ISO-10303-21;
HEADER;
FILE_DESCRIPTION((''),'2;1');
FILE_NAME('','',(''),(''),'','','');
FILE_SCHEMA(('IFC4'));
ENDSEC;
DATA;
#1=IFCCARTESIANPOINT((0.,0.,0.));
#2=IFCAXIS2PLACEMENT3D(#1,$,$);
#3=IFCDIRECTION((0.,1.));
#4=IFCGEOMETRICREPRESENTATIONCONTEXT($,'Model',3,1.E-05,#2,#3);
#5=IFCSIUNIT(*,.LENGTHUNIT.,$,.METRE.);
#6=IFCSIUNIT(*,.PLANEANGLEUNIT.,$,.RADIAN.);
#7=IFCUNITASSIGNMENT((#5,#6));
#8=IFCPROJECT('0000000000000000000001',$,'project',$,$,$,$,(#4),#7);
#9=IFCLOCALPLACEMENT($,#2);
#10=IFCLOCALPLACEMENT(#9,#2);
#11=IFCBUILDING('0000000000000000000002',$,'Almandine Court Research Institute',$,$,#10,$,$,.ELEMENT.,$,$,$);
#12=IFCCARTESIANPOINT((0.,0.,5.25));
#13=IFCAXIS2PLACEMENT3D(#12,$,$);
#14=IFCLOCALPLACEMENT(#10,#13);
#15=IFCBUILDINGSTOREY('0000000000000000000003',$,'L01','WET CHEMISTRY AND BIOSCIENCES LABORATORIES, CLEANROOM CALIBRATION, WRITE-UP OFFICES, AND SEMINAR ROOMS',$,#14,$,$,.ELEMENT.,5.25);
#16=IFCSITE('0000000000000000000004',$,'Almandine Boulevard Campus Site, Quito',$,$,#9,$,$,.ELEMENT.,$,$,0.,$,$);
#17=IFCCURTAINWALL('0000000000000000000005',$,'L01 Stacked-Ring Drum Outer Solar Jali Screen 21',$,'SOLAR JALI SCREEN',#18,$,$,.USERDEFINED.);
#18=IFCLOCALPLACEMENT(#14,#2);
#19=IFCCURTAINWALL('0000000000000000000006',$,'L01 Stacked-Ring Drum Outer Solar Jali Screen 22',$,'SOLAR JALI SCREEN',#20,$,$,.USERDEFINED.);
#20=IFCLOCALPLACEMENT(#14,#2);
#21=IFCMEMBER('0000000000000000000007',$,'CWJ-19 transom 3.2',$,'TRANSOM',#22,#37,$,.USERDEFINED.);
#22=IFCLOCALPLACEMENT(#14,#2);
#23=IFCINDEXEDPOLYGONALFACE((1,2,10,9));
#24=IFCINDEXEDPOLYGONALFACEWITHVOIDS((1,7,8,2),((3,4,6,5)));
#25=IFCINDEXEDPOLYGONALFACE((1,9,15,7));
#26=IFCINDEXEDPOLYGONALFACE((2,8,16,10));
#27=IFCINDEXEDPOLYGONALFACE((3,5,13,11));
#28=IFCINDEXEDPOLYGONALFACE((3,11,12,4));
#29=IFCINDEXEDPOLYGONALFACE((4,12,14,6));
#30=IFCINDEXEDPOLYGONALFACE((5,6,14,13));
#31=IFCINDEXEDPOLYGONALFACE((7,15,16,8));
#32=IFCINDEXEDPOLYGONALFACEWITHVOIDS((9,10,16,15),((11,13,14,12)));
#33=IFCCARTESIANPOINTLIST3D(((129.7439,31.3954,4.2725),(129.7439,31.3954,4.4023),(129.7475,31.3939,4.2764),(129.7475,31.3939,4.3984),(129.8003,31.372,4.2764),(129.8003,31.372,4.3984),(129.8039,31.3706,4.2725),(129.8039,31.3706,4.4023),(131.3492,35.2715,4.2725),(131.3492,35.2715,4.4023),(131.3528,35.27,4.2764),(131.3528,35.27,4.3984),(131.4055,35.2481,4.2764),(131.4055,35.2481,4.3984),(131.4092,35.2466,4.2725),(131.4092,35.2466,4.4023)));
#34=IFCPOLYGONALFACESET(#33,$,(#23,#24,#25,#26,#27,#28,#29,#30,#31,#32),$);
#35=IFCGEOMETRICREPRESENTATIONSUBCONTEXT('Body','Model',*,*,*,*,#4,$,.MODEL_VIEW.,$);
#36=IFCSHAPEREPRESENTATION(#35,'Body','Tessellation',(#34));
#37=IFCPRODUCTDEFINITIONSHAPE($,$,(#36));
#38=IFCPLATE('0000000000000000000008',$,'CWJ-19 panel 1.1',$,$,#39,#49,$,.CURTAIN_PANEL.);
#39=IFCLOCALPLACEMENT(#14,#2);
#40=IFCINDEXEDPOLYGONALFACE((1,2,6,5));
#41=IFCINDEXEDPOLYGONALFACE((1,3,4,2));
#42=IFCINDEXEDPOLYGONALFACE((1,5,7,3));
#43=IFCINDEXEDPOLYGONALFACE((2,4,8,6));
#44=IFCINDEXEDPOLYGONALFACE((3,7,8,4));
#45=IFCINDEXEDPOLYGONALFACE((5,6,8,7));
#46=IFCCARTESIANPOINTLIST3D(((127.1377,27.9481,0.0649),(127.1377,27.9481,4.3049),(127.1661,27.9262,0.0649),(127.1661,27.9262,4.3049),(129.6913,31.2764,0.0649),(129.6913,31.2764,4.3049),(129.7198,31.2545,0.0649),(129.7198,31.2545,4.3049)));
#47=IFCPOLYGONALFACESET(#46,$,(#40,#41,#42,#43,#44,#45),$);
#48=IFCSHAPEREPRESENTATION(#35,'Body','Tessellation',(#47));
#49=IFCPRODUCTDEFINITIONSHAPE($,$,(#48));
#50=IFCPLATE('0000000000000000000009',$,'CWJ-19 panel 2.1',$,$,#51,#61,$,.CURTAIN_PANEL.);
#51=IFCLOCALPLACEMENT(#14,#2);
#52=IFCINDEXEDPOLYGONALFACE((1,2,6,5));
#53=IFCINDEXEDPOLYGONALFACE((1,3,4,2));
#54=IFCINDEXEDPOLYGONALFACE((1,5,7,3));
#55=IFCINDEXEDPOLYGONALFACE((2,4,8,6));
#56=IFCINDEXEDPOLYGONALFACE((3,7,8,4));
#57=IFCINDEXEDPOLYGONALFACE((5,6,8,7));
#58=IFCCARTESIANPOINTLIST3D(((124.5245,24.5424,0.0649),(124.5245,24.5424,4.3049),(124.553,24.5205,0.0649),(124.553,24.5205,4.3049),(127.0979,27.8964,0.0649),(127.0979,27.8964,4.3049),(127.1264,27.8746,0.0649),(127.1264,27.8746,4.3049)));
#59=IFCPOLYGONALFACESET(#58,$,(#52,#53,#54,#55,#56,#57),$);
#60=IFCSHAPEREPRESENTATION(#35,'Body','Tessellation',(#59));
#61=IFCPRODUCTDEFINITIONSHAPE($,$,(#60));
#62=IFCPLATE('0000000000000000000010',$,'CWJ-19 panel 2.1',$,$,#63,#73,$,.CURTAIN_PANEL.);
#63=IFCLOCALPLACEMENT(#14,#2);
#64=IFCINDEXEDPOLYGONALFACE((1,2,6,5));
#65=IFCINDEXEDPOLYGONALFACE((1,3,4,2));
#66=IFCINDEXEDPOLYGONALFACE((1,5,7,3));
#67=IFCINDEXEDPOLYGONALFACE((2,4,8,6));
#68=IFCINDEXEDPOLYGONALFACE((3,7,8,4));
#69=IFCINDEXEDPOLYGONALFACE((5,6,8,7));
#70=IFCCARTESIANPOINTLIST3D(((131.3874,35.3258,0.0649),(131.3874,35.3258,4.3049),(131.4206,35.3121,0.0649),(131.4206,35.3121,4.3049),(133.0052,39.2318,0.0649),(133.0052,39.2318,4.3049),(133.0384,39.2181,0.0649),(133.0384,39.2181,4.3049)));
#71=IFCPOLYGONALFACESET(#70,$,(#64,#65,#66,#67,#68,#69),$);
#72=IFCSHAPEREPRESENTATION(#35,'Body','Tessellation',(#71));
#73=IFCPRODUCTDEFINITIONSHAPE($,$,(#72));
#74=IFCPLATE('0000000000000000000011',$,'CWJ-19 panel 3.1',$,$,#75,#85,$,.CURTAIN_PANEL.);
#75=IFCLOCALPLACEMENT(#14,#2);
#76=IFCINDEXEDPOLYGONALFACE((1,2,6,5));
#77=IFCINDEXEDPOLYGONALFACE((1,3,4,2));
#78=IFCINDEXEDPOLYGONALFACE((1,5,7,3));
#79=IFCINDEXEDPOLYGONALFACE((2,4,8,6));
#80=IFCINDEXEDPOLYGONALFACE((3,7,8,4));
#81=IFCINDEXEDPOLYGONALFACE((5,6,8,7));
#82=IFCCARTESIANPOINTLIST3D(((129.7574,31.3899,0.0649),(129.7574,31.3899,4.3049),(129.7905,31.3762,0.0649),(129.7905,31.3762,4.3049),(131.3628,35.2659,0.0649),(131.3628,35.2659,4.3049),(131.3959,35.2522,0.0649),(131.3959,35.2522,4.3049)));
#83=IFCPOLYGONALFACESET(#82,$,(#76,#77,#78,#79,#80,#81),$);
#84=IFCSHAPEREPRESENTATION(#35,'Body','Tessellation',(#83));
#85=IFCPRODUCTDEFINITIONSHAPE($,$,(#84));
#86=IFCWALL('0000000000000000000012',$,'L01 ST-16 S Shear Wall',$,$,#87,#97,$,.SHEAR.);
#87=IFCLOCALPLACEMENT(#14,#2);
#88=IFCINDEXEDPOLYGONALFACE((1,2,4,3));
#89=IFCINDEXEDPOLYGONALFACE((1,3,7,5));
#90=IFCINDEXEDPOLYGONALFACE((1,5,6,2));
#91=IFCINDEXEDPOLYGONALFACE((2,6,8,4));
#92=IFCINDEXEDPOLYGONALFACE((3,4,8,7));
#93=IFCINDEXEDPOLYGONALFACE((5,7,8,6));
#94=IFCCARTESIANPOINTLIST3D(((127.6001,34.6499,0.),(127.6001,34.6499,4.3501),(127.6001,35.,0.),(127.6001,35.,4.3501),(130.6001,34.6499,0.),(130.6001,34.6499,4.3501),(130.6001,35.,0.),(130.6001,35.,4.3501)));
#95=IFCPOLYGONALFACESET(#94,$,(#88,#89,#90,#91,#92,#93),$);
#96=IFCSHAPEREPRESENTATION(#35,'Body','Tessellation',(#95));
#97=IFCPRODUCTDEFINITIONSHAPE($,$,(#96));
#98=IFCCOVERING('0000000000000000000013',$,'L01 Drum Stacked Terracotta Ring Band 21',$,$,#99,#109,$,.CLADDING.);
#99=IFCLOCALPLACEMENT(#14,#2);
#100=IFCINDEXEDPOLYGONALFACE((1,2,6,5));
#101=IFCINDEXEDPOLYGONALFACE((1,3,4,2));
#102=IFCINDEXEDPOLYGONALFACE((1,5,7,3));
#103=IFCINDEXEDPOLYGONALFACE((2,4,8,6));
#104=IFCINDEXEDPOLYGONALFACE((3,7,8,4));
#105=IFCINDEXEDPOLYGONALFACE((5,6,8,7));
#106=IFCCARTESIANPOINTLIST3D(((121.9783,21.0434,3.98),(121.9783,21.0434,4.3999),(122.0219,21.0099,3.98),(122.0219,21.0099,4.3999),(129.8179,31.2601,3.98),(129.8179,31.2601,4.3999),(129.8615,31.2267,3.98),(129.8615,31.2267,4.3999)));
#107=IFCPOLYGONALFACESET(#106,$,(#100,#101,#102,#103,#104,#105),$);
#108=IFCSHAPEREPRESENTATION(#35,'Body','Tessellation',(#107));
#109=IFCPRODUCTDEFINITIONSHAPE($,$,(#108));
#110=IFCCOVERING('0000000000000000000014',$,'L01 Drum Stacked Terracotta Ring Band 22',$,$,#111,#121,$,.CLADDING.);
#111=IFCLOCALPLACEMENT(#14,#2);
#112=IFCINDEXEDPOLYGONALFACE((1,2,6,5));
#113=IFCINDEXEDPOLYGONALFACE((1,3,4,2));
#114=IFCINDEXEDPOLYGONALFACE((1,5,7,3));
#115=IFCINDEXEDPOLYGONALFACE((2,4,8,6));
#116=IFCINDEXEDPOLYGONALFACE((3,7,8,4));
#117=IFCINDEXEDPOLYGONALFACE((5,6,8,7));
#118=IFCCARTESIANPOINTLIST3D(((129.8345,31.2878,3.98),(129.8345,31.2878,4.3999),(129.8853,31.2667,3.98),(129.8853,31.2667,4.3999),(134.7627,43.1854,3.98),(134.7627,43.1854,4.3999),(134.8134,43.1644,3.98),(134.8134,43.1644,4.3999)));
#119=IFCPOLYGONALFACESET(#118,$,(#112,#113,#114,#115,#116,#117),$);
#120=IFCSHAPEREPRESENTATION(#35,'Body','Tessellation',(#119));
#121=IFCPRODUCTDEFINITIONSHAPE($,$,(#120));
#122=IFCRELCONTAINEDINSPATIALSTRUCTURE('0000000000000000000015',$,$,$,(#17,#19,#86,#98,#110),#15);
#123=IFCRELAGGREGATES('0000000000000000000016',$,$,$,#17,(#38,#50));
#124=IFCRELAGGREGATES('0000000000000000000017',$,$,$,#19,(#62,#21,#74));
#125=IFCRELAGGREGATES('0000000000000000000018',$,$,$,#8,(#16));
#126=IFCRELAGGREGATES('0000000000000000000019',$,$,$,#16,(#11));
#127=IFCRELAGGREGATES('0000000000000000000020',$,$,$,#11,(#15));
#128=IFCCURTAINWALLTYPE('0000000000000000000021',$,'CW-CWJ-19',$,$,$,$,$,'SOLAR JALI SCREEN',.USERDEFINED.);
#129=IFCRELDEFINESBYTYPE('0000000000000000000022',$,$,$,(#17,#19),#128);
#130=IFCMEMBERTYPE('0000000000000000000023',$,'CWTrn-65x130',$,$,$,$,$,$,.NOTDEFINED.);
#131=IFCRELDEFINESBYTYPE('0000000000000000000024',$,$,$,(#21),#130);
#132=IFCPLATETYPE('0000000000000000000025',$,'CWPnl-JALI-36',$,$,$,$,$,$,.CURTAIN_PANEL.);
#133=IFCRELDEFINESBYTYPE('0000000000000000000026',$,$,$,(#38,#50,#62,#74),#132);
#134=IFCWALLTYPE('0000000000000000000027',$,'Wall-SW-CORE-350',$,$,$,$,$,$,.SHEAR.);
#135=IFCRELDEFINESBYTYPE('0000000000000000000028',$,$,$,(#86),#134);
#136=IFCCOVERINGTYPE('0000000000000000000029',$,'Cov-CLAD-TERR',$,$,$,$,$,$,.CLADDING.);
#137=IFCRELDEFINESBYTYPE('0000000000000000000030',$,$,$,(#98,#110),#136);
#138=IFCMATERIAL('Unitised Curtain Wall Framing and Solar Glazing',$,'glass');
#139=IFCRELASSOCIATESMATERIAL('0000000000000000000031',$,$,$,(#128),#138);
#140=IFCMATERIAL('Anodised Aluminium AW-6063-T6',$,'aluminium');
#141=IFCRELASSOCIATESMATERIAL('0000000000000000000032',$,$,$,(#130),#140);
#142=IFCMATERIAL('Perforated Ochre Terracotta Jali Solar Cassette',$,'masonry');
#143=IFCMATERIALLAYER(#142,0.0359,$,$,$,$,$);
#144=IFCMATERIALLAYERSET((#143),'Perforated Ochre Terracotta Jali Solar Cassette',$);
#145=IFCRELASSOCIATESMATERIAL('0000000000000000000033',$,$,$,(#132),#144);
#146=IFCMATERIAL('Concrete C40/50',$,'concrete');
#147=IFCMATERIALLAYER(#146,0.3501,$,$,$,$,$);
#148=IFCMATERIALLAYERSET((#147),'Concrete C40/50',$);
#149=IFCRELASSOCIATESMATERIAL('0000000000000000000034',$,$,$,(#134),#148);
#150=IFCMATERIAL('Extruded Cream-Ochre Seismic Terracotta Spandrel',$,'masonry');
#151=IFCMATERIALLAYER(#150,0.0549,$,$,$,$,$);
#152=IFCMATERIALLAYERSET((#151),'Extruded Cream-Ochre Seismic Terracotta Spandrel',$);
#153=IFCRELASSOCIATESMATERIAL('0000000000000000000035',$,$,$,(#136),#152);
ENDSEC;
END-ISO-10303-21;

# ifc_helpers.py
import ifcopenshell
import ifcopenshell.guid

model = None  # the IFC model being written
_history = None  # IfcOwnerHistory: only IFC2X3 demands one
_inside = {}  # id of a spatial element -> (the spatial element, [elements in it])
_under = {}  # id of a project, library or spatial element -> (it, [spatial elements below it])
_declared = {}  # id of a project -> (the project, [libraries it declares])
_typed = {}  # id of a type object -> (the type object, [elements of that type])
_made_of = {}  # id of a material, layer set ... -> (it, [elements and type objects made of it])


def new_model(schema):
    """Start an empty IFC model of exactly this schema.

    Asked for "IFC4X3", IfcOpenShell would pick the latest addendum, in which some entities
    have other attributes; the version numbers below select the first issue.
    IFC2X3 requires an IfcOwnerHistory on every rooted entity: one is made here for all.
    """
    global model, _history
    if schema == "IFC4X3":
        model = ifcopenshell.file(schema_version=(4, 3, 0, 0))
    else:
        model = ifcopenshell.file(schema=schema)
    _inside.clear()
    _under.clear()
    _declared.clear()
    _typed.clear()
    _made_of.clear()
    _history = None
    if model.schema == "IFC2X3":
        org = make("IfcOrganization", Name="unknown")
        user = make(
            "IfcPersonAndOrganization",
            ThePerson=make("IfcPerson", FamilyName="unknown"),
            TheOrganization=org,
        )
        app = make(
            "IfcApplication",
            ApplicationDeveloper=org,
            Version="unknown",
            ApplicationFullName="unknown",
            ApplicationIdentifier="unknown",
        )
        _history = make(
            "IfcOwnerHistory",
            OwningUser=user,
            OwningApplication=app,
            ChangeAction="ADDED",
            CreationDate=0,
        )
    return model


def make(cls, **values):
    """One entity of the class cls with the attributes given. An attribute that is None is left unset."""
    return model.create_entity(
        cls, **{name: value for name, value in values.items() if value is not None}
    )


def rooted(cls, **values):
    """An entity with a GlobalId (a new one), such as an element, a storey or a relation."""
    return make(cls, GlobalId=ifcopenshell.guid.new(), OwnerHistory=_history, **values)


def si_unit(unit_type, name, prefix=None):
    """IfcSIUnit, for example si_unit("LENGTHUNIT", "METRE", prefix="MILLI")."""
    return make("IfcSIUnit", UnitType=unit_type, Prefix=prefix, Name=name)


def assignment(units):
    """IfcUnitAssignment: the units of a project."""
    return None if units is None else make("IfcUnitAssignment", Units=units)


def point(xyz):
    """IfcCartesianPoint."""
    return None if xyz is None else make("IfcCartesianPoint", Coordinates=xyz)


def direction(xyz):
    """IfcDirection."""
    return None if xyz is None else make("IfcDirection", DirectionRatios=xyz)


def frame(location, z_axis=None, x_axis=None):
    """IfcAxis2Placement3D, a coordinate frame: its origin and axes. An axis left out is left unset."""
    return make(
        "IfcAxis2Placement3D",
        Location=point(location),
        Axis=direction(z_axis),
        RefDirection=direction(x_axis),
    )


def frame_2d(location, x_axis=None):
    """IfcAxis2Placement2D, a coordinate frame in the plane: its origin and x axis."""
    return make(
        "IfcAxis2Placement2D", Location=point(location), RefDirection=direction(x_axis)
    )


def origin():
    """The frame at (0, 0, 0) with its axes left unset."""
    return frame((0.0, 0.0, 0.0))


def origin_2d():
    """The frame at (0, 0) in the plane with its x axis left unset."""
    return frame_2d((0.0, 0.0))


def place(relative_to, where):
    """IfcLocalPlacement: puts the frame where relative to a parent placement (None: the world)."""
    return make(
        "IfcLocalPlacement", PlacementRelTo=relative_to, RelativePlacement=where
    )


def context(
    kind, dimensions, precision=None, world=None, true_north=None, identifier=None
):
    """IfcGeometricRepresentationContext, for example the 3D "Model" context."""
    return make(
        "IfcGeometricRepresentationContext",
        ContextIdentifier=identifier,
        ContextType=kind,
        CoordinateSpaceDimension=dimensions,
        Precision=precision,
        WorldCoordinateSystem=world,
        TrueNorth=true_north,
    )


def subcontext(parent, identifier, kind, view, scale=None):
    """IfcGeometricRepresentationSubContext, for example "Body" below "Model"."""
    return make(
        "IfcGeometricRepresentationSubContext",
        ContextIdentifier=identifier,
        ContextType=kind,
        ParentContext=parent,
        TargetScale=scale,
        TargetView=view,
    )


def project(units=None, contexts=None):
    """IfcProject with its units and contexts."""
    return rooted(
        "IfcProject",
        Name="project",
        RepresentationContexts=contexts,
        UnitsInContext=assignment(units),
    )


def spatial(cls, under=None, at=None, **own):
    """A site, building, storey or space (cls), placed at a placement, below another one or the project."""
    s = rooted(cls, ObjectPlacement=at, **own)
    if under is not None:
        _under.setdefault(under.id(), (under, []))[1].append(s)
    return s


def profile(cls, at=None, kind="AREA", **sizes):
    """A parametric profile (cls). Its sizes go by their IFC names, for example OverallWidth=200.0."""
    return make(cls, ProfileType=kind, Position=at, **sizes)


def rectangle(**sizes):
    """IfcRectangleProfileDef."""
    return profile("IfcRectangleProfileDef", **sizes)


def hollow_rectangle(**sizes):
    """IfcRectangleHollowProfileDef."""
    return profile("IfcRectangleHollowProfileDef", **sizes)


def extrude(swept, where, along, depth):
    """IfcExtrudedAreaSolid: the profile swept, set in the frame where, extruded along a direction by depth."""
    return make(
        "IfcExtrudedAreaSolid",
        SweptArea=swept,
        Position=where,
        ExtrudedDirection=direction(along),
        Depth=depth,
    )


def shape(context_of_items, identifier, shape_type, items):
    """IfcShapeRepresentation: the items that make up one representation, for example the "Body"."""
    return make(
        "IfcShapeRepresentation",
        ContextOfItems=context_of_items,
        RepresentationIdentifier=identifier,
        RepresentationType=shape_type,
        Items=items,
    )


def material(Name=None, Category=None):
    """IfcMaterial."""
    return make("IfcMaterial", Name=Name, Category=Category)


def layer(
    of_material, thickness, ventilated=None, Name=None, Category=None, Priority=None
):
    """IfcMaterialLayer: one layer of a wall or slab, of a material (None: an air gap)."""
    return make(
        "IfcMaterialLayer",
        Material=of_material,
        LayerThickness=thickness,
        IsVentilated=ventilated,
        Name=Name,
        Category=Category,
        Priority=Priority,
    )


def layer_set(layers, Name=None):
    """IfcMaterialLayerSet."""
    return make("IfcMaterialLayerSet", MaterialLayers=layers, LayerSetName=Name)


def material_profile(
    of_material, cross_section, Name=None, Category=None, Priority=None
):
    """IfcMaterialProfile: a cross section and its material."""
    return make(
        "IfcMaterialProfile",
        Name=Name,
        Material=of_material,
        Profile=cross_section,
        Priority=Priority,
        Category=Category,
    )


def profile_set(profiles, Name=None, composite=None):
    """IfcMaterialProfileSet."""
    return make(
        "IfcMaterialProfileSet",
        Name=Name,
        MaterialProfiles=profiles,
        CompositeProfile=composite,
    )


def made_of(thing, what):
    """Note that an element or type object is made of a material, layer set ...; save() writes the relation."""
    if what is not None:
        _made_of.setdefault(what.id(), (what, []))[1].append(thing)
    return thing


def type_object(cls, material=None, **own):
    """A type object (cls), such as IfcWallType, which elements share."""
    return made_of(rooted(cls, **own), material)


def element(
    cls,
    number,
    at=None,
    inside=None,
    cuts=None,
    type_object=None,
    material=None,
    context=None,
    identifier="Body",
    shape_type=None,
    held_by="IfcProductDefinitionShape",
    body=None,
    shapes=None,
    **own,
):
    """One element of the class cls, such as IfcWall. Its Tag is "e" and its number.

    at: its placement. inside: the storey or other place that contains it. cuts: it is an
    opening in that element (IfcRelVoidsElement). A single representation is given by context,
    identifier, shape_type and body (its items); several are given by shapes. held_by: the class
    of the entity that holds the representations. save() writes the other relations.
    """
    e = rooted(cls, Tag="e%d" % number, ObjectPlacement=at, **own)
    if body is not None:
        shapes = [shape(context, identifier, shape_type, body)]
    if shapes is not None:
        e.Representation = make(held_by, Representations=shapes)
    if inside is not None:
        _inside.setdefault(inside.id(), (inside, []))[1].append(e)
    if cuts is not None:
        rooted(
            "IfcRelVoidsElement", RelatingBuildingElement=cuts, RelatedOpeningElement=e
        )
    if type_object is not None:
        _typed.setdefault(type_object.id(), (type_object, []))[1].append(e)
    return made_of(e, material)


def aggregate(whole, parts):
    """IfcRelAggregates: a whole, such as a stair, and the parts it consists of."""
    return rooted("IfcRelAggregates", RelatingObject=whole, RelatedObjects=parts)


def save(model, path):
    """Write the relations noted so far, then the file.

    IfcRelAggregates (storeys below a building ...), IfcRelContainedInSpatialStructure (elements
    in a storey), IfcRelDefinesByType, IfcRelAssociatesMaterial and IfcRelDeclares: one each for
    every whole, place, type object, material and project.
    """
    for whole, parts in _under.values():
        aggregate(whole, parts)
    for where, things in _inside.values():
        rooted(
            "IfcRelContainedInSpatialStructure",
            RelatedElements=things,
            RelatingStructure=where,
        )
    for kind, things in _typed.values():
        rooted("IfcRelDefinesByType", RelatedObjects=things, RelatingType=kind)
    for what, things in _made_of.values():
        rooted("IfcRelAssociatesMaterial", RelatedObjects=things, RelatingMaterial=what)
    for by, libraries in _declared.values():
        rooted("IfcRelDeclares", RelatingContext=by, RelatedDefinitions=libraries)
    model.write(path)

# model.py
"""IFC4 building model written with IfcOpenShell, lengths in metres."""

from ifc_helpers import new_model, si_unit, direction, frame, frame_2d, origin, origin_2d, place, context, subcontext, project, spatial, rectangle, hollow_rectangle, extrude, material, layer, layer_set, material_profile, profile_set, type_object, element, aggregate, save


model = new_model("IFC4")

# Units and contexts
model_context = context("Model", 3, precision=1e-05, world=origin(), true_north=direction((0.0, 1.0)))
body_context = subcontext(model_context, "Body", "Model", "MODEL_VIEW")
ifc_project = project(units=[si_unit("LENGTHUNIT", "METRE"), si_unit("PLANEANGLEUNIT", "RADIAN")], contexts=[model_context])

# Site, building, storey
site_placement = place(None, origin())
site = spatial("IfcSite", under=ifc_project, at=site_placement, Name="Almandine Boulevard Campus Site, Quito", CompositionType="ELEMENT", RefElevation=0.0)
building_placement = place(site_placement, origin())
building = spatial("IfcBuilding", under=site, at=building_placement, Name="Almandine Court Research Institute", CompositionType="ELEMENT")
storey_placement = place(building_placement, frame((0.0, 0.0, 5.25)))
storey = spatial("IfcBuildingStorey", under=building, at=storey_placement, Name="L01", Description="WET CHEMISTRY AND BIOSCIENCES LABORATORIES, CLEANROOM CALIBRATION, WRITE-UP OFFICES, AND SEMINAR ROOMS", CompositionType="ELEMENT", Elevation=5.25)

# Curtain walls
ifc_material_1 = material(Name="Unitised Curtain Wall Framing and Solar Glazing", Category="glass")
curtain_wall_type = type_object("IfcCurtainWallType", Name="CW-CWJ-19", ElementType="SOLAR JALI SCREEN", PredefinedType="USERDEFINED", material=ifc_material_1)
curtain_wall_1_placement = place(storey_placement, origin())
curtain_wall_1 = element("IfcCurtainWall", 1, at=curtain_wall_1_placement, inside=storey, type_object=curtain_wall_type, Name="L01 Stacked-Ring Drum Outer Solar Jali Screen 21", ObjectType="SOLAR JALI SCREEN", PredefinedType="USERDEFINED")
ifc_material_2 = material(Name="Anodised Aluminium AW-6063-T6", Category="aluminium")
curtain_wall_2_placement = place(storey_placement, origin())
curtain_wall_2 = element("IfcCurtainWall", 2, at=curtain_wall_2_placement, inside=storey, type_object=curtain_wall_type, Name="L01 Stacked-Ring Drum Outer Solar Jali Screen 22", ObjectType="SOLAR JALI SCREEN", PredefinedType="USERDEFINED")

# Member
ifc_material_profile_1 = material_profile(ifc_material_2, hollow_rectangle(XDim=0.0649, YDim=0.1299, WallThickness=0.0039, at=origin_2d()), Name="ALU RHS 65x130x4")
ifc_profile_set_1 = profile_set([ifc_material_profile_1], Name="Anodised Aluminium AW-6063-T6")
member_type_1 = type_object("IfcMemberType", Name="CWTrn-65x130", PredefinedType="NOTDEFINED", material=ifc_profile_set_1)
member_1_placement = place(storey_placement, frame((131.3792, 35.259, 4.3374), z_axis=(-0.382631, -0.923901, 0.0), x_axis=(0.923901, -0.382631, 0.0)))
member_1 = element("IfcMember", 3, at=member_1_placement, type_object=member_type_1, Name="CWJ-19 transom 3.2", ObjectType="TRANSOM", PredefinedType="USERDEFINED", context=body_context, shape_type="SweptSolid", body=[
    extrude(hollow_rectangle(XDim=0.0649, YDim=0.1299, WallThickness=0.0039, at=origin_2d()), origin(), (0.0, 0.0, 1.0), 4.1953),
])

# Plates
ifc_material_3 = material(Name="Perforated Ochre Terracotta Jali Solar Cassette", Category="masonry")
ifc_layer_1 = layer(ifc_material_3, 0.0359)
ifc_layer_set_1 = layer_set([ifc_layer_1], Name="Perforated Ochre Terracotta Jali Solar Cassette")
plate_type = type_object("IfcPlateType", Name="CWPnl-JALI-36", PredefinedType="CURTAIN_PANEL", material=ifc_layer_set_1)
plate_1_placement = place(storey_placement, frame((128.4287, 29.6013, 0.0649), z_axis=(0.0, 0.0, 1.0), x_axis=(-0.608723, -0.793383, 0.0)))
plate_1 = element("IfcPlate", 4, at=plate_1_placement, type_object=plate_type, Name="CWJ-19 panel 1.1", PredefinedType="CURTAIN_PANEL", context=body_context, shape_type="SweptSolid", body=[
    extrude(rectangle(XDim=4.1951, YDim=0.0359, at=origin_2d()), origin(), (0.0, 0.0, 1.0), 4.24),
])
plate_2_placement = place(storey_placement, frame((125.8254, 26.2085, 0.0649), z_axis=(0.0, 0.0, 1.0), x_axis=(-0.608723, -0.793383, 0.0)))
plate_2 = element("IfcPlate", 5, at=plate_2_placement, type_object=plate_type, Name="CWJ-19 panel 2.1", PredefinedType="CURTAIN_PANEL", context=body_context, shape_type="SweptSolid", body=[
    extrude(rectangle(XDim=4.2275, YDim=0.0359, at=origin_2d()), origin(), (0.0, 0.0, 1.0), 4.24),
])
aggregate(curtain_wall_1, [plate_1, plate_2])
plate_3_placement = place(storey_placement, frame((132.2129, 37.272, 0.0649), z_axis=(0.0, 0.0, 1.0), x_axis=(-0.382663, -0.923888, 0.0)))
plate_3 = element("IfcPlate", 6, at=plate_3_placement, type_object=plate_type, Name="CWJ-19 panel 2.1", PredefinedType="CURTAIN_PANEL", context=body_context, shape_type="SweptSolid", body=[
    extrude(rectangle(XDim=4.2278, YDim=0.0359, at=origin_2d()), origin(), (0.0, 0.0, 1.0), 4.24),
])
plate_4_placement = place(storey_placement, frame((130.5767, 33.321, 0.0649), z_axis=(0.0, 0.0, 1.0), x_axis=(-0.382663, -0.923888, 0.0)))
plate_4 = element("IfcPlate", 7, at=plate_4_placement, type_object=plate_type, Name="CWJ-19 panel 3.1", PredefinedType="CURTAIN_PANEL", context=body_context, shape_type="SweptSolid", body=[
    extrude(rectangle(XDim=4.1953, YDim=0.0359, at=origin_2d()), origin(), (0.0, 0.0, 1.0), 4.24),
])
aggregate(curtain_wall_2, [plate_3, member_1, plate_4])

# Shared definitions
ifc_material_4 = material(Name="Concrete C40/50", Category="concrete")
ifc_layer_2 = layer(ifc_material_4, 0.3501)
ifc_layer_set_2 = layer_set([ifc_layer_2], Name="Concrete C40/50")
wall_type = type_object("IfcWallType", Name="Wall-SW-CORE-350", PredefinedType="SHEAR", material=ifc_layer_set_2)

# Wall
wall_1_placement = place(storey_placement, frame((130.6001, 34.825, 0.0), z_axis=(0.0, 0.0, 1.0), x_axis=(-1.0, 0.0, 0.0)))
element("IfcWall", 8, at=wall_1_placement, inside=storey, type_object=wall_type, Name="L01 ST-16 S Shear Wall", PredefinedType="SHEAR", context=body_context, shape_type="SweptSolid", body=[
    extrude(rectangle(XDim=3.0, YDim=0.3501, at=frame_2d((1.5, 0.0))), origin(), (0.0, 0.0, 1.0), 4.3501),
])

# Coverings
ifc_material_5 = material(Name="Extruded Cream-Ochre Seismic Terracotta Spandrel", Category="masonry")
ifc_layer_3 = layer(ifc_material_5, 0.0549)
ifc_layer_set_3 = layer_set([ifc_layer_3], Name="Extruded Cream-Ochre Seismic Terracotta Spandrel")
covering_type = type_object("IfcCoveringType", Name="Cov-CLAD-TERR", PredefinedType="CLADDING", material=ifc_layer_set_3)
for number, where, z_axis, x_axis, name in (
    (9, (125.9199, 26.135, 3.98), (0.0, 0.0, 1.0), (-0.608761, -0.793353, 0.0), "L01 Drum Stacked Terracotta Ring Band 21"),
    (10, (132.324, 37.2261, 3.98), (0.0, 0.0, 1.0), (-0.382683, -0.92388, 0.0), "L01 Drum Stacked Terracotta Ring Band 22"),
):
    element("IfcCovering", number, at=place(storey_placement, frame(where, z_axis=z_axis, x_axis=x_axis)), inside=storey, type_object=covering_type, Name=name, PredefinedType="CLADDING", context=body_context, shape_type="SweptSolid", body=[
        extrude(rectangle(XDim=12.8779, YDim=0.0549, at=origin_2d()), origin(), (0.0, 0.0, 1.0), 0.4199),
    ])

save(model, "model.ifc")
